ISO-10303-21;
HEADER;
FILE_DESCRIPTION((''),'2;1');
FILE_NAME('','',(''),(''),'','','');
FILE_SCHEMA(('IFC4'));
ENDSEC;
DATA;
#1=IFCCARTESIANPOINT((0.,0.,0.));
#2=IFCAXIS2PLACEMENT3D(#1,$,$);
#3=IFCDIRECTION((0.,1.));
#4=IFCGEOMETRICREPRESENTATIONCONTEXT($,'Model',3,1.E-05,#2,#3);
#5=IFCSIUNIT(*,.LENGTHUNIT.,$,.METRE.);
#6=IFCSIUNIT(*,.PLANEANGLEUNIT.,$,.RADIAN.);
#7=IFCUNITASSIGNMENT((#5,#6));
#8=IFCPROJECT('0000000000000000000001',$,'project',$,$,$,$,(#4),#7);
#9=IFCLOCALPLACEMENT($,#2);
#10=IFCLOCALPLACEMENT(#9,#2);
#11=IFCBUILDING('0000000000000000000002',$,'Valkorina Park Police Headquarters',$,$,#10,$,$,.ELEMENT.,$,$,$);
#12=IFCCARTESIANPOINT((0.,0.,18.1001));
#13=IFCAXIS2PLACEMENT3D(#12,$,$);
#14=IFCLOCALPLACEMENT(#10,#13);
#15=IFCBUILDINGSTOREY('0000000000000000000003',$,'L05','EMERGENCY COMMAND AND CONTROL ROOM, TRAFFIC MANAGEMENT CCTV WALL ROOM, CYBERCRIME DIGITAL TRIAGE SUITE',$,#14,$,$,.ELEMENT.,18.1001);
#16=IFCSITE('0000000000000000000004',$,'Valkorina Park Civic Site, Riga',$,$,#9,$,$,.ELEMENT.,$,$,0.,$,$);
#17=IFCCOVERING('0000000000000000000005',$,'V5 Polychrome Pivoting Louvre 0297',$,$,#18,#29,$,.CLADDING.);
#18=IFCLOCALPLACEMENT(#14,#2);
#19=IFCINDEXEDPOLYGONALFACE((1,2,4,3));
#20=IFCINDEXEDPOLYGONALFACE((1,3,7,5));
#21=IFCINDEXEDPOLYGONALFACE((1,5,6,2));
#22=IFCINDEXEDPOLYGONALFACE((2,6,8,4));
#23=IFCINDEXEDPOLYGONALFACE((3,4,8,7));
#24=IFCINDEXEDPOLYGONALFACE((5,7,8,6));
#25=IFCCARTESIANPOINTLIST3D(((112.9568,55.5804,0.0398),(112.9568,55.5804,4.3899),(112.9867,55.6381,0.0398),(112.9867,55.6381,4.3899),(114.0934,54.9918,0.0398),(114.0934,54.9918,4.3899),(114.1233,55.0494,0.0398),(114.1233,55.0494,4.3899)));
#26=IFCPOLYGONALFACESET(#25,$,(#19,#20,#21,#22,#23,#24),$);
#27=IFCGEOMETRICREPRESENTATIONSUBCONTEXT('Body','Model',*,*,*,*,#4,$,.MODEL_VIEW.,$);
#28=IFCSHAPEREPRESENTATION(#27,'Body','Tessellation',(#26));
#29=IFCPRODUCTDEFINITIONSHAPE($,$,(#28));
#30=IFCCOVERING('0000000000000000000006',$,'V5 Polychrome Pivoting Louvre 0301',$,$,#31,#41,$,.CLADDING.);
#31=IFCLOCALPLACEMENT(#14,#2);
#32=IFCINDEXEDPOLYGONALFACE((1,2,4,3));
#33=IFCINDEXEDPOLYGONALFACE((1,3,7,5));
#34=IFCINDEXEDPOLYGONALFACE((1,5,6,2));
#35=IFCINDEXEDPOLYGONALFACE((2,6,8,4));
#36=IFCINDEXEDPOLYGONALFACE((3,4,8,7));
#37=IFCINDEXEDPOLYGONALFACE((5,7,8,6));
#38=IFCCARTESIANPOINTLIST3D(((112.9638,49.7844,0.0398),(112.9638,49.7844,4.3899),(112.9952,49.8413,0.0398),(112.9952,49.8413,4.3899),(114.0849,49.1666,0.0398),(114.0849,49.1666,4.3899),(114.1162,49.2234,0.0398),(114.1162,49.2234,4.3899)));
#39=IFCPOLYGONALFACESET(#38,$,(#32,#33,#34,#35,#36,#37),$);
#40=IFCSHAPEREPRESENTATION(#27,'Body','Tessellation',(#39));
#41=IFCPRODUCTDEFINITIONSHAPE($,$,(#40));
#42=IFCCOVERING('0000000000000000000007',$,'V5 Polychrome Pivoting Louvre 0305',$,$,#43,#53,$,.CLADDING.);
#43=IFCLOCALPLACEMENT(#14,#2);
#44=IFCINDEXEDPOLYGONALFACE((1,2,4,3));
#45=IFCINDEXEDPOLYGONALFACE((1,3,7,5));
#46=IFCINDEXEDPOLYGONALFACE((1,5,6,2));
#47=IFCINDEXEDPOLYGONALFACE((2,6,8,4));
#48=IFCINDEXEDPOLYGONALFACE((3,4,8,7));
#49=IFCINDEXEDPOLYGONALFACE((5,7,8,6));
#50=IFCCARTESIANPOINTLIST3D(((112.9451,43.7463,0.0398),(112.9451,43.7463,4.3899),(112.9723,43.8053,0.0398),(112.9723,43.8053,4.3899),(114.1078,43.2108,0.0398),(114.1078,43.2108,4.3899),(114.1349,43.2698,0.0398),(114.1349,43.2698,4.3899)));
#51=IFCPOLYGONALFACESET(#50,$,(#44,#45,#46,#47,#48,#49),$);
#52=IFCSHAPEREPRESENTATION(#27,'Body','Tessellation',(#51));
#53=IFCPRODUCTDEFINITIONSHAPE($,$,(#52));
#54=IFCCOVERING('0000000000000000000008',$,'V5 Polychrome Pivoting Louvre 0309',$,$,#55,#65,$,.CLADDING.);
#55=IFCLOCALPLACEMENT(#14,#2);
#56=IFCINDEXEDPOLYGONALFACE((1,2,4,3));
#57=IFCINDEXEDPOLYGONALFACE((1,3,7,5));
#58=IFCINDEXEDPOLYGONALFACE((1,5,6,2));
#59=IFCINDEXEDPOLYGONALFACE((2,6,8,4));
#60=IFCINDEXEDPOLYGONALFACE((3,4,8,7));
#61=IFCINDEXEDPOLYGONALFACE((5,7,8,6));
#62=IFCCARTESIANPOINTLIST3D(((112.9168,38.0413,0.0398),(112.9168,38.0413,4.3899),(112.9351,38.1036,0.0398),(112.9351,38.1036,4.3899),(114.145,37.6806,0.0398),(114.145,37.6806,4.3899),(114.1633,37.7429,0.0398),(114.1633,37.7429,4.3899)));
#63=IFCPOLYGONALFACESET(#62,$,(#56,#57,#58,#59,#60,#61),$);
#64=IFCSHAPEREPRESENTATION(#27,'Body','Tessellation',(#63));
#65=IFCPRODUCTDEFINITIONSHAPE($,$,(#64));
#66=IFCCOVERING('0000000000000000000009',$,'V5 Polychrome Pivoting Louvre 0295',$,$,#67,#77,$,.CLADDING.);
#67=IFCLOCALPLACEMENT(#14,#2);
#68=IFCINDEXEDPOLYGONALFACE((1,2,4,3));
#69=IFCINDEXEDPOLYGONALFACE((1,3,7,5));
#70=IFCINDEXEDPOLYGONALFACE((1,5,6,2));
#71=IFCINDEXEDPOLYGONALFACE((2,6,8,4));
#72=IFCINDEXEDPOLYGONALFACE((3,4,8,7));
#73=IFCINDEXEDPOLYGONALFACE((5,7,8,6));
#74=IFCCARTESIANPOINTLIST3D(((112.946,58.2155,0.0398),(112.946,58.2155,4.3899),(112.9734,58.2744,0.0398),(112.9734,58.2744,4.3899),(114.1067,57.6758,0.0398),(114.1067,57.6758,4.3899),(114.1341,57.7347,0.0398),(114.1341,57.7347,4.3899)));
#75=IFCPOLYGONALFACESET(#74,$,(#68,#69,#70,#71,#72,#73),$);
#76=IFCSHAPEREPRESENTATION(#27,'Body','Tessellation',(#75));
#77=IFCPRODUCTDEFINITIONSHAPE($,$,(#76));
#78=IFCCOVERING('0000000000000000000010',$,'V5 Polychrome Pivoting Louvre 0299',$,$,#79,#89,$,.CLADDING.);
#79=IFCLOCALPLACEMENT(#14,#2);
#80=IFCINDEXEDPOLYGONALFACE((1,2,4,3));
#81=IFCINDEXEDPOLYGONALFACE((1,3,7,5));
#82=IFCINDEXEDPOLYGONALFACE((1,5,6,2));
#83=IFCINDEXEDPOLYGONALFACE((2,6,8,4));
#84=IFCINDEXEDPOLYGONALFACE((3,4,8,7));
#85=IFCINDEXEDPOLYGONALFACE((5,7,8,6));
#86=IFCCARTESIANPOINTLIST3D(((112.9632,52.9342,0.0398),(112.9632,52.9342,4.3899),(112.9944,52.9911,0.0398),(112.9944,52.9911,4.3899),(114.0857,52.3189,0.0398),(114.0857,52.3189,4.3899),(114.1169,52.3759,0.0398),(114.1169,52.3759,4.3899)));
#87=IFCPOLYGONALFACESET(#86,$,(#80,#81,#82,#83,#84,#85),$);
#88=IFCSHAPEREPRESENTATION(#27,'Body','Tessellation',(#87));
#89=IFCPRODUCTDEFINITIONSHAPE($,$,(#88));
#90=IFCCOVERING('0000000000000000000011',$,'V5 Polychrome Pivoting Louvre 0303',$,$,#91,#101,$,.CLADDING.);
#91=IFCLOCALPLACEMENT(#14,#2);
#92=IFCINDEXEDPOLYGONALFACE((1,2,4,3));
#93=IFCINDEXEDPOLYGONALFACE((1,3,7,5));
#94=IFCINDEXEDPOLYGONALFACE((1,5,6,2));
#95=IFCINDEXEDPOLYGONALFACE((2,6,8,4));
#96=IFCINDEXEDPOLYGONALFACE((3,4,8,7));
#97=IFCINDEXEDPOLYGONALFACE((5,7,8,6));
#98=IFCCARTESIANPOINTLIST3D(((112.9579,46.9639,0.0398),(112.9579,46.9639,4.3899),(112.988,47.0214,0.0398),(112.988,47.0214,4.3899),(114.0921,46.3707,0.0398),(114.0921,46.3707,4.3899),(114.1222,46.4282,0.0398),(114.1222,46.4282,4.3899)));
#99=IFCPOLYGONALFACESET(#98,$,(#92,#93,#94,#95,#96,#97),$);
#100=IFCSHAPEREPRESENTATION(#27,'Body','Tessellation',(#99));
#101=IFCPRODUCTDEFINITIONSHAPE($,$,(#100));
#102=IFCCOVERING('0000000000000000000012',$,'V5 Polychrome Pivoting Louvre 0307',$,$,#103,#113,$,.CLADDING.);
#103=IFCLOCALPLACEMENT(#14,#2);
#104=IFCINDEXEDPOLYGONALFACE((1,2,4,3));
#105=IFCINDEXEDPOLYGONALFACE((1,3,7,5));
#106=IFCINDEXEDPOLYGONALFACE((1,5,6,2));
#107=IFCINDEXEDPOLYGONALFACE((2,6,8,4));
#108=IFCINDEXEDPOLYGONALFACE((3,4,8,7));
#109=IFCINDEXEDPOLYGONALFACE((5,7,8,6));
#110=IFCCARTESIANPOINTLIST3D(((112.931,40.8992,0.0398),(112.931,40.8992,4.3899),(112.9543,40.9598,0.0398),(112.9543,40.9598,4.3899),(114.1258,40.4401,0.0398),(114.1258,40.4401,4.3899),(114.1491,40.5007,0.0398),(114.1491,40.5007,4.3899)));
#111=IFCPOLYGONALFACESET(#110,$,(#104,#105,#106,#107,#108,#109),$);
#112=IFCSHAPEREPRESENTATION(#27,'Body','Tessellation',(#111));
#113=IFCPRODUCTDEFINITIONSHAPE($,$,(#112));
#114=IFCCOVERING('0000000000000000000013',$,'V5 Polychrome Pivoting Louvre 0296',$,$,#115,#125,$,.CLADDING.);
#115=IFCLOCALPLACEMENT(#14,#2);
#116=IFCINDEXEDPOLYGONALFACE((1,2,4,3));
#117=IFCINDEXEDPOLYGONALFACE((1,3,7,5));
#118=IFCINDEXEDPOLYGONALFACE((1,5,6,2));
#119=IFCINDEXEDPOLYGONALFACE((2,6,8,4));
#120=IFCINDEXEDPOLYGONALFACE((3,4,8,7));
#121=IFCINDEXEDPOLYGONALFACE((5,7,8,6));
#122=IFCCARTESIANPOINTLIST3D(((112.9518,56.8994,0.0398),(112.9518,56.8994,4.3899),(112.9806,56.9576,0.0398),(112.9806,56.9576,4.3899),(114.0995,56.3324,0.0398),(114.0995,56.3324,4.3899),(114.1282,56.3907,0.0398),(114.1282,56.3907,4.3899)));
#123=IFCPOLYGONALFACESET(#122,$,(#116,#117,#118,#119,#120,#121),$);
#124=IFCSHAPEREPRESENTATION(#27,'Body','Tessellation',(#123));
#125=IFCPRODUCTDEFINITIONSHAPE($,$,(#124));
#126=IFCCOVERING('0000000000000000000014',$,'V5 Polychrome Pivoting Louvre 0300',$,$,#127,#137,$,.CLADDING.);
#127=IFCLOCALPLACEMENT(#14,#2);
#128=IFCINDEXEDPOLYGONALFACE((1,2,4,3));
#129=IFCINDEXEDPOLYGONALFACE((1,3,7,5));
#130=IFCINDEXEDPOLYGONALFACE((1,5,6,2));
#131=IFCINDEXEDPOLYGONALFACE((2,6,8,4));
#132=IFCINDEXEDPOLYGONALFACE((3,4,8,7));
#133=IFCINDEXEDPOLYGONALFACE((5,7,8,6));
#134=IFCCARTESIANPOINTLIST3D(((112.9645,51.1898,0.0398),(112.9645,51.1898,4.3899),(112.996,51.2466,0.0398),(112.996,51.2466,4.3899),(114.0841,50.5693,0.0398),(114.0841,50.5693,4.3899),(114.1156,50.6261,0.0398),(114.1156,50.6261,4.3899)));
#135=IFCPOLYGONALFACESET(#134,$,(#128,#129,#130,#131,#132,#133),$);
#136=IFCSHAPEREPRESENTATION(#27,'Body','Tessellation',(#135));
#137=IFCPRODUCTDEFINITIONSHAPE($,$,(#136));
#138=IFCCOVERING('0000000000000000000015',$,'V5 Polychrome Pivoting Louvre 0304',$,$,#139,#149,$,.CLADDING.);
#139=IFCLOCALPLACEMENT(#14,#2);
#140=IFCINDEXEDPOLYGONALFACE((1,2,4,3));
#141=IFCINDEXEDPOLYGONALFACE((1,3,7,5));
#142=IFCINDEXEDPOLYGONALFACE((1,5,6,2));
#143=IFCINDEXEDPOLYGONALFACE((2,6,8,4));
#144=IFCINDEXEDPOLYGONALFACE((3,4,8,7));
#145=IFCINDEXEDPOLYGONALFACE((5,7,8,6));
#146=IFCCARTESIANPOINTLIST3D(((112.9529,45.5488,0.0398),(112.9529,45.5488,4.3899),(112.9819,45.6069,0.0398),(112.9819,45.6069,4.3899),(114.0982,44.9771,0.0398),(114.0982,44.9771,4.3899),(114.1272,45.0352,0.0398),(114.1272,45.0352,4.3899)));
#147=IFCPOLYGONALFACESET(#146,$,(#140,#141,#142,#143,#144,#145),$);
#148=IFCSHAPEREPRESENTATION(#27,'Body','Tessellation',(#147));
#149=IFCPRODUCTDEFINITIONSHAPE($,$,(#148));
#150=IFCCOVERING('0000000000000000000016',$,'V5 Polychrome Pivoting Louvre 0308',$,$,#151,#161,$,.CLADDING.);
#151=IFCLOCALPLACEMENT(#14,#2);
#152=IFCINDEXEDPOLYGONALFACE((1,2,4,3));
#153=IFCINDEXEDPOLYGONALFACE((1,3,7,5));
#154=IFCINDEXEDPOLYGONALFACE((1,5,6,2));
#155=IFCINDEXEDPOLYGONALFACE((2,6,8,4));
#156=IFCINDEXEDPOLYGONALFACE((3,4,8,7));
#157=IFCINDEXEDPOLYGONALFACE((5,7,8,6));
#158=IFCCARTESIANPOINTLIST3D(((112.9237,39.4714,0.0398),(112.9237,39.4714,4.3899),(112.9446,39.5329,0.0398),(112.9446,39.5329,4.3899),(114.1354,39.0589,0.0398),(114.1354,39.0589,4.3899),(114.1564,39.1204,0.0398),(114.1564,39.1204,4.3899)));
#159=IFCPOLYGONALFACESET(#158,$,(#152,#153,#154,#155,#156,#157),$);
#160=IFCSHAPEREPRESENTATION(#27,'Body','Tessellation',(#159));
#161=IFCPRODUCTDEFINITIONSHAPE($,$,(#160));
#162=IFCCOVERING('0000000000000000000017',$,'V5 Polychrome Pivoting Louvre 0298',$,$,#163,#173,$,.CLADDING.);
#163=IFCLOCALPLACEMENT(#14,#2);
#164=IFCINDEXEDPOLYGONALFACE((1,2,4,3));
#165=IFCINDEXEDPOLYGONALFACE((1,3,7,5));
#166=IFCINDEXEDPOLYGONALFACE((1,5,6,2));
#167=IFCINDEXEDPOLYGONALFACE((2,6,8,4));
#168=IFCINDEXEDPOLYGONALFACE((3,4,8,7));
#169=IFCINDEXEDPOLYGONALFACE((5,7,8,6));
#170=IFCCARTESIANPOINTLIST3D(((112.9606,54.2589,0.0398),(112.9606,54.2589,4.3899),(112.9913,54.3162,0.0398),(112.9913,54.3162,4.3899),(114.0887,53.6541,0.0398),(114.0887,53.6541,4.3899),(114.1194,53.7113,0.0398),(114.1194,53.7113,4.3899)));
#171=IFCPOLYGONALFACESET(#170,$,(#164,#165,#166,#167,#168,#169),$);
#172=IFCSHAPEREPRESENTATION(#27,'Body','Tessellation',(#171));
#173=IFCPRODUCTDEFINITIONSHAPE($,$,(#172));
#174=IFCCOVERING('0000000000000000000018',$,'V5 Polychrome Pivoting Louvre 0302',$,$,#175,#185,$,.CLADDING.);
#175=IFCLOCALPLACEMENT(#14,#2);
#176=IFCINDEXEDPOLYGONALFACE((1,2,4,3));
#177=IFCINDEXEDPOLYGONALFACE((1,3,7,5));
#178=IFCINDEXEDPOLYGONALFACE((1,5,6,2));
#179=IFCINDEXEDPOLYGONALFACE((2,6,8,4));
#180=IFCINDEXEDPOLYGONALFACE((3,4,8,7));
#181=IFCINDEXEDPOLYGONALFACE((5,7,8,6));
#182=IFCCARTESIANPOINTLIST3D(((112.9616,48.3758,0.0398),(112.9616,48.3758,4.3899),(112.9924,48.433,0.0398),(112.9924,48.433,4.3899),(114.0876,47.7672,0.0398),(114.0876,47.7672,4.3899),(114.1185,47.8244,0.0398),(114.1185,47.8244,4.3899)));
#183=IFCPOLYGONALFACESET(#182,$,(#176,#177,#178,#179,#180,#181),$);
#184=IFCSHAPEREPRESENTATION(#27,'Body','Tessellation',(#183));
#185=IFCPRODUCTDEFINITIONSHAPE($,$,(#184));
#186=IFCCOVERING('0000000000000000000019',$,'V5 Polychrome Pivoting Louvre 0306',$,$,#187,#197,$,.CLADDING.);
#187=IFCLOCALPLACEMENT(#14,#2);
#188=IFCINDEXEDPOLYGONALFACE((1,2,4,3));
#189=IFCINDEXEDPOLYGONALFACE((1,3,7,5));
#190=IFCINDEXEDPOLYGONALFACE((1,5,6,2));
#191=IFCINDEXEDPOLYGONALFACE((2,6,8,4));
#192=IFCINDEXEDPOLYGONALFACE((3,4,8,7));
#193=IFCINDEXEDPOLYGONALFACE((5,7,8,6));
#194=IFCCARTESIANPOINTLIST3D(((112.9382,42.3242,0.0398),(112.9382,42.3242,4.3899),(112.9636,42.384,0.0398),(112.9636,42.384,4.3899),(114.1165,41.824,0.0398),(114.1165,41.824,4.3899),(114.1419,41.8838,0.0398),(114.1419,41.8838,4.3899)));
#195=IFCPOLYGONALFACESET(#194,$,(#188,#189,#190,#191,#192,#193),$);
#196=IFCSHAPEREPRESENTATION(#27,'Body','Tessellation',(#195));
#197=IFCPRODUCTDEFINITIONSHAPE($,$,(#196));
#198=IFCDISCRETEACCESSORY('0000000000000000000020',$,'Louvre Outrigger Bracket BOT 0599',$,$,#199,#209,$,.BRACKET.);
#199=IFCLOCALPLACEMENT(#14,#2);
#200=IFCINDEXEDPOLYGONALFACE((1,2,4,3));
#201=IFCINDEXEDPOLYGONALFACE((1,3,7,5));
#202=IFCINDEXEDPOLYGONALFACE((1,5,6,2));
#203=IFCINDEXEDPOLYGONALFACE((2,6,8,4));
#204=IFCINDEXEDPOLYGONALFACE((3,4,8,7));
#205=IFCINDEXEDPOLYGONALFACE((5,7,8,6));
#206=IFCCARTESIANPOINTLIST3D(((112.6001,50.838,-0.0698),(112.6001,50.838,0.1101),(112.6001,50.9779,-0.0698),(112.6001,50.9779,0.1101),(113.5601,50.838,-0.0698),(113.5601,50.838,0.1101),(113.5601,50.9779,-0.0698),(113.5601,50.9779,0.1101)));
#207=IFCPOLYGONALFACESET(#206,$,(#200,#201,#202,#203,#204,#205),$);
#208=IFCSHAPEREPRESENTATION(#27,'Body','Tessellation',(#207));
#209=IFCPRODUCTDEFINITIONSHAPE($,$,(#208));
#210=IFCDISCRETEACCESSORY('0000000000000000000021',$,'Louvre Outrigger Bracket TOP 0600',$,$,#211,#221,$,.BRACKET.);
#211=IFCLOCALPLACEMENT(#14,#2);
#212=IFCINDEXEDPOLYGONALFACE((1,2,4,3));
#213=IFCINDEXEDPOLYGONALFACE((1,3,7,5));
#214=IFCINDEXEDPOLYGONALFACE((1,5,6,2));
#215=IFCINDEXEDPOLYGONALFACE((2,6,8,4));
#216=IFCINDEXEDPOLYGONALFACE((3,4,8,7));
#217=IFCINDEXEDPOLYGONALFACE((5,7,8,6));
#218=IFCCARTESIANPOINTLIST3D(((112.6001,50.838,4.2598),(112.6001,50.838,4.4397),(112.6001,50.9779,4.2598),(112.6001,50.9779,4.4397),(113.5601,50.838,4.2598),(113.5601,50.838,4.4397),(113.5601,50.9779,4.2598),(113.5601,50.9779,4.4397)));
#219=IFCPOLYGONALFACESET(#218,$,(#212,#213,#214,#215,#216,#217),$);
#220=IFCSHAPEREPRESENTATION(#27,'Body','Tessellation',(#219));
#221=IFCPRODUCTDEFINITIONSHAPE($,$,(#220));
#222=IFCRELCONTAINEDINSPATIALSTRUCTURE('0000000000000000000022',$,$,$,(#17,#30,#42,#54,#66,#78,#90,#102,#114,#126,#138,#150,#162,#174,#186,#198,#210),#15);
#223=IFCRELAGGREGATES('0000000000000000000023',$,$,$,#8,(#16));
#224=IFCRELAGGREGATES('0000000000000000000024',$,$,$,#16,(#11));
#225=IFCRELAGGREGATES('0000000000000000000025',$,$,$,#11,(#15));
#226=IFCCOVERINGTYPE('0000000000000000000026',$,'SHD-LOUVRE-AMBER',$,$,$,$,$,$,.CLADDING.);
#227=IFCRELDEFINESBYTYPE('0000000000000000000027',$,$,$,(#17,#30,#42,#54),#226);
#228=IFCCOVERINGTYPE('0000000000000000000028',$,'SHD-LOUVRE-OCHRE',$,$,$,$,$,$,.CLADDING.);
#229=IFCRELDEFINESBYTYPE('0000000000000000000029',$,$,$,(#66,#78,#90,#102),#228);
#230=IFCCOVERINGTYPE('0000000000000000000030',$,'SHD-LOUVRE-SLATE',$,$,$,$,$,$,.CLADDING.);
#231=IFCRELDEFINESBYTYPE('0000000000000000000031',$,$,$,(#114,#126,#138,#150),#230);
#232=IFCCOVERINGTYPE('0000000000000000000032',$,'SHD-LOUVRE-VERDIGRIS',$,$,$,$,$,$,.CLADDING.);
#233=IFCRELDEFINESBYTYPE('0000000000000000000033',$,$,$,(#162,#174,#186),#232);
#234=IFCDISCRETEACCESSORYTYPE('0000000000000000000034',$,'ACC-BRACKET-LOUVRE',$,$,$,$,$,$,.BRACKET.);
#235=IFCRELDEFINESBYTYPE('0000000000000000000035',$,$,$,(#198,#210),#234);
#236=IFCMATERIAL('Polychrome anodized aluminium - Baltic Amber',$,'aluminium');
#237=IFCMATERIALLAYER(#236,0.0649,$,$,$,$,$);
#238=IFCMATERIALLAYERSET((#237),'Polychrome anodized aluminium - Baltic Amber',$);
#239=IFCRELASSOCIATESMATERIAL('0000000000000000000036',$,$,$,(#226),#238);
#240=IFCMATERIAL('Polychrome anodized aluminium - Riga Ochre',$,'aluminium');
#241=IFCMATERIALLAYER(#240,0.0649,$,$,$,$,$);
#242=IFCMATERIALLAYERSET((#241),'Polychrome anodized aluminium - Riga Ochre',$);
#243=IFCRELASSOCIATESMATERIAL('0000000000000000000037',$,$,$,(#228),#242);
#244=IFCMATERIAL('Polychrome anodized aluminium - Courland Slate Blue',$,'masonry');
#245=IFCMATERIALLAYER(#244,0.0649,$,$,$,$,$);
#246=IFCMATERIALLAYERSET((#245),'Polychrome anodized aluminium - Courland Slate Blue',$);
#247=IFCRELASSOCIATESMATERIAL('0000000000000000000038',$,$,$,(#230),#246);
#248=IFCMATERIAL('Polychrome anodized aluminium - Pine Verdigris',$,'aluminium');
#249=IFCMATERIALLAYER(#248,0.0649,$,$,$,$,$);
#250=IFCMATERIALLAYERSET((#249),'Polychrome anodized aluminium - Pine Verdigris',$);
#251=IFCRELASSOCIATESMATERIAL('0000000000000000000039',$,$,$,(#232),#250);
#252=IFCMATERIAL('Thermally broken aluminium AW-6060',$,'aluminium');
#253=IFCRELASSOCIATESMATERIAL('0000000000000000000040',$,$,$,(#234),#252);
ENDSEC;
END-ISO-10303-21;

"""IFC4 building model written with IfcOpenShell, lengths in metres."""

from ifc_helpers import new_model, si_unit, direction, frame, origin, origin_2d, place, context, subcontext, project, spatial, rectangle, extrude, material, layer, layer_set, type_object, element, save


model = new_model("IFC4")

# Units and contexts
model_context = context("Model", 3, precision=1e-05, world=origin(), true_north=direction((0.0, 1.0)))
body_context = subcontext(model_context, "Body", "Model", "MODEL_VIEW")
ifc_project = project(units=[si_unit("LENGTHUNIT", "METRE"), si_unit("PLANEANGLEUNIT", "RADIAN")], contexts=[model_context])

# Site, building, storey
site_placement = place(None, origin())
site = spatial("IfcSite", under=ifc_project, at=site_placement, Name="Valkorina Park Civic Site, Riga", CompositionType="ELEMENT", RefElevation=0.0)
building_placement = place(site_placement, origin())
building = spatial("IfcBuilding", under=site, at=building_placement, Name="Valkorina Park Police Headquarters", CompositionType="ELEMENT")
storey_placement = place(building_placement, frame((0.0, 0.0, 18.1001)))
storey = spatial("IfcBuildingStorey", under=building, at=storey_placement, Name="L05", Description="EMERGENCY COMMAND AND CONTROL ROOM, TRAFFIC MANAGEMENT CCTV WALL ROOM, CYBERCRIME DIGITAL TRIAGE SUITE", CompositionType="ELEMENT", Elevation=18.1001)

# Coverings
ifc_material_1 = material(Name="Polychrome anodized aluminium - Baltic Amber", Category="aluminium")
ifc_layer_1 = layer(ifc_material_1, 0.0649)
ifc_layer_set_1 = layer_set([ifc_layer_1], Name="Polychrome anodized aluminium - Baltic Amber")
covering_type_1 = type_object("IfcCoveringType", Name="SHD-LOUVRE-AMBER", PredefinedType="CLADDING", material=ifc_layer_set_1)
for number, where, z_axis, x_axis, name in (
    (1, (113.54, 55.3149, 0.0398), (0.0, 0.0, 1.0), (0.887976, -0.45989, 0.0), "V5 Polychrome Pivoting Louvre 0297"),
    (2, (113.54, 49.5039, 0.0398), (0.0, 0.0, 1.0), (0.875802, -0.482671, 0.0), "V5 Polychrome Pivoting Louvre 0301"),
    (3, (113.54, 43.5081, 0.0398), (0.0, 0.0, 1.0), (0.908289, -0.418343, 0.0), "V5 Polychrome Pivoting Louvre 0305"),
    (4, (113.54, 37.8921, 0.0398), (0.0, 0.0, 1.0), (0.959462, -0.281839, 0.0), "V5 Polychrome Pivoting Louvre 0309"),
):
    element("IfcCovering", number, at=place(storey_placement, frame(where, z_axis=z_axis, x_axis=x_axis)), inside=storey, type_object=covering_type_1, Name=name, PredefinedType="CLADDING", context=body_context, shape_type="SweptSolid", body=[
        extrude(rectangle(XDim=1.28, YDim=0.0649, at=origin_2d()), origin(), (0.0, 0.0, 1.0), 4.3501),
    ])
ifc_material_2 = material(Name="Polychrome anodized aluminium - Riga Ochre", Category="aluminium")
ifc_layer_2 = layer(ifc_material_2, 0.0649)
ifc_layer_set_2 = layer_set([ifc_layer_2], Name="Polychrome anodized aluminium - Riga Ochre")
covering_type_2 = type_object("IfcCoveringType", Name="SHD-LOUVRE-OCHRE", PredefinedType="CLADDING", material=ifc_layer_set_2)
for number, where, z_axis, x_axis, name in (
    (5, (113.54, 57.9751, 0.0398), (0.0, 0.0, 1.0), (0.90675, -0.421669, 0.0), "V5 Polychrome Pivoting Louvre 0295"),
    (6, (113.54, 52.655, 0.0398), (0.0, 0.0, 1.0), (0.876895, -0.480683, 0.0), "V5 Polychrome Pivoting Louvre 0299"),
    (7, (113.54, 46.696, 0.0398), (0.0, 0.0, 1.0), (0.886123, -0.463451, 0.0), "V5 Polychrome Pivoting Louvre 0303"),
    (8, (113.54, 40.7, 0.0398), (0.0, 0.0, 1.0), (0.933455, -0.358694, 0.0), "V5 Polychrome Pivoting Louvre 0307"),
):
    element("IfcCovering", number, at=place(storey_placement, frame(where, z_axis=z_axis, x_axis=x_axis)), inside=storey, type_object=covering_type_2, Name=name, PredefinedType="CLADDING", context=body_context, shape_type="SweptSolid", body=[
        extrude(rectangle(XDim=1.28, YDim=0.0649, at=origin_2d()), origin(), (0.0, 0.0, 1.0), 4.3501),
    ])
ifc_material_3 = material(Name="Polychrome anodized aluminium - Courland Slate Blue", Category="masonry")
ifc_layer_3 = layer(ifc_material_3, 0.0649)
ifc_layer_set_3 = layer_set([ifc_layer_3], Name="Polychrome anodized aluminium - Courland Slate Blue")
covering_type_3 = type_object("IfcCoveringType", Name="SHD-LOUVRE-SLATE", PredefinedType="CLADDING", material=ifc_layer_set_3)
for number, where, z_axis, x_axis, name in (
    (9, (113.54, 56.645, 0.0398), (0.0, 0.0, 1.0), (0.896564, -0.442915, 0.0), "V5 Polychrome Pivoting Louvre 0296"),
    (10, (113.54, 50.908, 0.0398), (0.0, 0.0, 1.0), (0.87462, -0.48481, 0.0), "V5 Polychrome Pivoting Louvre 0300"),
    (11, (113.54, 45.292, 0.0398), (0.0, 0.0, 1.0), (0.894701, -0.446666, 0.0), "V5 Polychrome Pivoting Louvre 0304"),
    (12, (113.54, 39.2959, 0.0398), (0.0, 0.0, 1.0), (0.946649, -0.322266, 0.0), "V5 Polychrome Pivoting Louvre 0308"),
):
    element("IfcCovering", number, at=place(storey_placement, frame(where, z_axis=z_axis, x_axis=x_axis)), inside=storey, type_object=covering_type_3, Name=name, PredefinedType="CLADDING", context=body_context, shape_type="SweptSolid", body=[
        extrude(rectangle(XDim=1.28, YDim=0.0649, at=origin_2d()), origin(), (0.0, 0.0, 1.0), 4.3501),
    ])
ifc_material_4 = material(Name="Polychrome anodized aluminium - Pine Verdigris", Category="aluminium")
ifc_layer_4 = layer(ifc_material_4, 0.0649)
ifc_layer_set_4 = layer_set([ifc_layer_4], Name="Polychrome anodized aluminium - Pine Verdigris")
covering_type_4 = type_object("IfcCoveringType", Name="SHD-LOUVRE-VERDIGRIS", PredefinedType="CLADDING", material=ifc_layer_set_4)
for number, where, z_axis, x_axis, name in (
    (13, (113.54, 53.9851, 0.0398), (0.0, 0.0, 1.0), (0.881303, -0.472551, 0.0), "V5 Polychrome Pivoting Louvre 0298"),
    (14, (113.54, 48.1001, 0.0398), (0.0, 0.0, 1.0), (0.879732, -0.475471, 0.0), "V5 Polychrome Pivoting Louvre 0302"),
    (15, (113.54, 42.104, 0.0398), (0.0, 0.0, 1.0), (0.920505, -0.390731, 0.0), "V5 Polychrome Pivoting Louvre 0306"),
):
    element("IfcCovering", number, at=place(storey_placement, frame(where, z_axis=z_axis, x_axis=x_axis)), inside=storey, type_object=covering_type_4, Name=name, PredefinedType="CLADDING", context=body_context, shape_type="SweptSolid", body=[
        extrude(rectangle(XDim=1.28, YDim=0.0649, at=origin_2d()), origin(), (0.0, 0.0, 1.0), 4.3501),
    ])

# Discrete accessories
ifc_material_5 = material(Name="Thermally broken aluminium AW-6060", Category="aluminium")
discrete_accessory_type = type_object("IfcDiscreteAccessoryType", Name="ACC-BRACKET-LOUVRE", PredefinedType="BRACKET", material=ifc_material_5)
for number, where, z_axis, x_axis, name in (
    (16, (113.0801, 50.908, -0.0698), (0.0, 0.0, 1.0), (1.0, 0.0, 0.0), "Louvre Outrigger Bracket BOT 0599"),
    (17, (113.0801, 50.908, 4.2598), (0.0, 0.0, 1.0), (1.0, 0.0, 0.0), "Louvre Outrigger Bracket TOP 0600"),
):
    element("IfcDiscreteAccessory", number, at=place(storey_placement, frame(where, z_axis=z_axis, x_axis=x_axis)), inside=storey, type_object=discrete_accessory_type, Name=name, PredefinedType="BRACKET", context=body_context, shape_type="SweptSolid", body=[
        extrude(rectangle(XDim=0.96, YDim=0.1399, at=origin_2d()), origin(), (0.0, 0.0, 1.0), 0.1799),
    ])

save(model, "model.ifc")
